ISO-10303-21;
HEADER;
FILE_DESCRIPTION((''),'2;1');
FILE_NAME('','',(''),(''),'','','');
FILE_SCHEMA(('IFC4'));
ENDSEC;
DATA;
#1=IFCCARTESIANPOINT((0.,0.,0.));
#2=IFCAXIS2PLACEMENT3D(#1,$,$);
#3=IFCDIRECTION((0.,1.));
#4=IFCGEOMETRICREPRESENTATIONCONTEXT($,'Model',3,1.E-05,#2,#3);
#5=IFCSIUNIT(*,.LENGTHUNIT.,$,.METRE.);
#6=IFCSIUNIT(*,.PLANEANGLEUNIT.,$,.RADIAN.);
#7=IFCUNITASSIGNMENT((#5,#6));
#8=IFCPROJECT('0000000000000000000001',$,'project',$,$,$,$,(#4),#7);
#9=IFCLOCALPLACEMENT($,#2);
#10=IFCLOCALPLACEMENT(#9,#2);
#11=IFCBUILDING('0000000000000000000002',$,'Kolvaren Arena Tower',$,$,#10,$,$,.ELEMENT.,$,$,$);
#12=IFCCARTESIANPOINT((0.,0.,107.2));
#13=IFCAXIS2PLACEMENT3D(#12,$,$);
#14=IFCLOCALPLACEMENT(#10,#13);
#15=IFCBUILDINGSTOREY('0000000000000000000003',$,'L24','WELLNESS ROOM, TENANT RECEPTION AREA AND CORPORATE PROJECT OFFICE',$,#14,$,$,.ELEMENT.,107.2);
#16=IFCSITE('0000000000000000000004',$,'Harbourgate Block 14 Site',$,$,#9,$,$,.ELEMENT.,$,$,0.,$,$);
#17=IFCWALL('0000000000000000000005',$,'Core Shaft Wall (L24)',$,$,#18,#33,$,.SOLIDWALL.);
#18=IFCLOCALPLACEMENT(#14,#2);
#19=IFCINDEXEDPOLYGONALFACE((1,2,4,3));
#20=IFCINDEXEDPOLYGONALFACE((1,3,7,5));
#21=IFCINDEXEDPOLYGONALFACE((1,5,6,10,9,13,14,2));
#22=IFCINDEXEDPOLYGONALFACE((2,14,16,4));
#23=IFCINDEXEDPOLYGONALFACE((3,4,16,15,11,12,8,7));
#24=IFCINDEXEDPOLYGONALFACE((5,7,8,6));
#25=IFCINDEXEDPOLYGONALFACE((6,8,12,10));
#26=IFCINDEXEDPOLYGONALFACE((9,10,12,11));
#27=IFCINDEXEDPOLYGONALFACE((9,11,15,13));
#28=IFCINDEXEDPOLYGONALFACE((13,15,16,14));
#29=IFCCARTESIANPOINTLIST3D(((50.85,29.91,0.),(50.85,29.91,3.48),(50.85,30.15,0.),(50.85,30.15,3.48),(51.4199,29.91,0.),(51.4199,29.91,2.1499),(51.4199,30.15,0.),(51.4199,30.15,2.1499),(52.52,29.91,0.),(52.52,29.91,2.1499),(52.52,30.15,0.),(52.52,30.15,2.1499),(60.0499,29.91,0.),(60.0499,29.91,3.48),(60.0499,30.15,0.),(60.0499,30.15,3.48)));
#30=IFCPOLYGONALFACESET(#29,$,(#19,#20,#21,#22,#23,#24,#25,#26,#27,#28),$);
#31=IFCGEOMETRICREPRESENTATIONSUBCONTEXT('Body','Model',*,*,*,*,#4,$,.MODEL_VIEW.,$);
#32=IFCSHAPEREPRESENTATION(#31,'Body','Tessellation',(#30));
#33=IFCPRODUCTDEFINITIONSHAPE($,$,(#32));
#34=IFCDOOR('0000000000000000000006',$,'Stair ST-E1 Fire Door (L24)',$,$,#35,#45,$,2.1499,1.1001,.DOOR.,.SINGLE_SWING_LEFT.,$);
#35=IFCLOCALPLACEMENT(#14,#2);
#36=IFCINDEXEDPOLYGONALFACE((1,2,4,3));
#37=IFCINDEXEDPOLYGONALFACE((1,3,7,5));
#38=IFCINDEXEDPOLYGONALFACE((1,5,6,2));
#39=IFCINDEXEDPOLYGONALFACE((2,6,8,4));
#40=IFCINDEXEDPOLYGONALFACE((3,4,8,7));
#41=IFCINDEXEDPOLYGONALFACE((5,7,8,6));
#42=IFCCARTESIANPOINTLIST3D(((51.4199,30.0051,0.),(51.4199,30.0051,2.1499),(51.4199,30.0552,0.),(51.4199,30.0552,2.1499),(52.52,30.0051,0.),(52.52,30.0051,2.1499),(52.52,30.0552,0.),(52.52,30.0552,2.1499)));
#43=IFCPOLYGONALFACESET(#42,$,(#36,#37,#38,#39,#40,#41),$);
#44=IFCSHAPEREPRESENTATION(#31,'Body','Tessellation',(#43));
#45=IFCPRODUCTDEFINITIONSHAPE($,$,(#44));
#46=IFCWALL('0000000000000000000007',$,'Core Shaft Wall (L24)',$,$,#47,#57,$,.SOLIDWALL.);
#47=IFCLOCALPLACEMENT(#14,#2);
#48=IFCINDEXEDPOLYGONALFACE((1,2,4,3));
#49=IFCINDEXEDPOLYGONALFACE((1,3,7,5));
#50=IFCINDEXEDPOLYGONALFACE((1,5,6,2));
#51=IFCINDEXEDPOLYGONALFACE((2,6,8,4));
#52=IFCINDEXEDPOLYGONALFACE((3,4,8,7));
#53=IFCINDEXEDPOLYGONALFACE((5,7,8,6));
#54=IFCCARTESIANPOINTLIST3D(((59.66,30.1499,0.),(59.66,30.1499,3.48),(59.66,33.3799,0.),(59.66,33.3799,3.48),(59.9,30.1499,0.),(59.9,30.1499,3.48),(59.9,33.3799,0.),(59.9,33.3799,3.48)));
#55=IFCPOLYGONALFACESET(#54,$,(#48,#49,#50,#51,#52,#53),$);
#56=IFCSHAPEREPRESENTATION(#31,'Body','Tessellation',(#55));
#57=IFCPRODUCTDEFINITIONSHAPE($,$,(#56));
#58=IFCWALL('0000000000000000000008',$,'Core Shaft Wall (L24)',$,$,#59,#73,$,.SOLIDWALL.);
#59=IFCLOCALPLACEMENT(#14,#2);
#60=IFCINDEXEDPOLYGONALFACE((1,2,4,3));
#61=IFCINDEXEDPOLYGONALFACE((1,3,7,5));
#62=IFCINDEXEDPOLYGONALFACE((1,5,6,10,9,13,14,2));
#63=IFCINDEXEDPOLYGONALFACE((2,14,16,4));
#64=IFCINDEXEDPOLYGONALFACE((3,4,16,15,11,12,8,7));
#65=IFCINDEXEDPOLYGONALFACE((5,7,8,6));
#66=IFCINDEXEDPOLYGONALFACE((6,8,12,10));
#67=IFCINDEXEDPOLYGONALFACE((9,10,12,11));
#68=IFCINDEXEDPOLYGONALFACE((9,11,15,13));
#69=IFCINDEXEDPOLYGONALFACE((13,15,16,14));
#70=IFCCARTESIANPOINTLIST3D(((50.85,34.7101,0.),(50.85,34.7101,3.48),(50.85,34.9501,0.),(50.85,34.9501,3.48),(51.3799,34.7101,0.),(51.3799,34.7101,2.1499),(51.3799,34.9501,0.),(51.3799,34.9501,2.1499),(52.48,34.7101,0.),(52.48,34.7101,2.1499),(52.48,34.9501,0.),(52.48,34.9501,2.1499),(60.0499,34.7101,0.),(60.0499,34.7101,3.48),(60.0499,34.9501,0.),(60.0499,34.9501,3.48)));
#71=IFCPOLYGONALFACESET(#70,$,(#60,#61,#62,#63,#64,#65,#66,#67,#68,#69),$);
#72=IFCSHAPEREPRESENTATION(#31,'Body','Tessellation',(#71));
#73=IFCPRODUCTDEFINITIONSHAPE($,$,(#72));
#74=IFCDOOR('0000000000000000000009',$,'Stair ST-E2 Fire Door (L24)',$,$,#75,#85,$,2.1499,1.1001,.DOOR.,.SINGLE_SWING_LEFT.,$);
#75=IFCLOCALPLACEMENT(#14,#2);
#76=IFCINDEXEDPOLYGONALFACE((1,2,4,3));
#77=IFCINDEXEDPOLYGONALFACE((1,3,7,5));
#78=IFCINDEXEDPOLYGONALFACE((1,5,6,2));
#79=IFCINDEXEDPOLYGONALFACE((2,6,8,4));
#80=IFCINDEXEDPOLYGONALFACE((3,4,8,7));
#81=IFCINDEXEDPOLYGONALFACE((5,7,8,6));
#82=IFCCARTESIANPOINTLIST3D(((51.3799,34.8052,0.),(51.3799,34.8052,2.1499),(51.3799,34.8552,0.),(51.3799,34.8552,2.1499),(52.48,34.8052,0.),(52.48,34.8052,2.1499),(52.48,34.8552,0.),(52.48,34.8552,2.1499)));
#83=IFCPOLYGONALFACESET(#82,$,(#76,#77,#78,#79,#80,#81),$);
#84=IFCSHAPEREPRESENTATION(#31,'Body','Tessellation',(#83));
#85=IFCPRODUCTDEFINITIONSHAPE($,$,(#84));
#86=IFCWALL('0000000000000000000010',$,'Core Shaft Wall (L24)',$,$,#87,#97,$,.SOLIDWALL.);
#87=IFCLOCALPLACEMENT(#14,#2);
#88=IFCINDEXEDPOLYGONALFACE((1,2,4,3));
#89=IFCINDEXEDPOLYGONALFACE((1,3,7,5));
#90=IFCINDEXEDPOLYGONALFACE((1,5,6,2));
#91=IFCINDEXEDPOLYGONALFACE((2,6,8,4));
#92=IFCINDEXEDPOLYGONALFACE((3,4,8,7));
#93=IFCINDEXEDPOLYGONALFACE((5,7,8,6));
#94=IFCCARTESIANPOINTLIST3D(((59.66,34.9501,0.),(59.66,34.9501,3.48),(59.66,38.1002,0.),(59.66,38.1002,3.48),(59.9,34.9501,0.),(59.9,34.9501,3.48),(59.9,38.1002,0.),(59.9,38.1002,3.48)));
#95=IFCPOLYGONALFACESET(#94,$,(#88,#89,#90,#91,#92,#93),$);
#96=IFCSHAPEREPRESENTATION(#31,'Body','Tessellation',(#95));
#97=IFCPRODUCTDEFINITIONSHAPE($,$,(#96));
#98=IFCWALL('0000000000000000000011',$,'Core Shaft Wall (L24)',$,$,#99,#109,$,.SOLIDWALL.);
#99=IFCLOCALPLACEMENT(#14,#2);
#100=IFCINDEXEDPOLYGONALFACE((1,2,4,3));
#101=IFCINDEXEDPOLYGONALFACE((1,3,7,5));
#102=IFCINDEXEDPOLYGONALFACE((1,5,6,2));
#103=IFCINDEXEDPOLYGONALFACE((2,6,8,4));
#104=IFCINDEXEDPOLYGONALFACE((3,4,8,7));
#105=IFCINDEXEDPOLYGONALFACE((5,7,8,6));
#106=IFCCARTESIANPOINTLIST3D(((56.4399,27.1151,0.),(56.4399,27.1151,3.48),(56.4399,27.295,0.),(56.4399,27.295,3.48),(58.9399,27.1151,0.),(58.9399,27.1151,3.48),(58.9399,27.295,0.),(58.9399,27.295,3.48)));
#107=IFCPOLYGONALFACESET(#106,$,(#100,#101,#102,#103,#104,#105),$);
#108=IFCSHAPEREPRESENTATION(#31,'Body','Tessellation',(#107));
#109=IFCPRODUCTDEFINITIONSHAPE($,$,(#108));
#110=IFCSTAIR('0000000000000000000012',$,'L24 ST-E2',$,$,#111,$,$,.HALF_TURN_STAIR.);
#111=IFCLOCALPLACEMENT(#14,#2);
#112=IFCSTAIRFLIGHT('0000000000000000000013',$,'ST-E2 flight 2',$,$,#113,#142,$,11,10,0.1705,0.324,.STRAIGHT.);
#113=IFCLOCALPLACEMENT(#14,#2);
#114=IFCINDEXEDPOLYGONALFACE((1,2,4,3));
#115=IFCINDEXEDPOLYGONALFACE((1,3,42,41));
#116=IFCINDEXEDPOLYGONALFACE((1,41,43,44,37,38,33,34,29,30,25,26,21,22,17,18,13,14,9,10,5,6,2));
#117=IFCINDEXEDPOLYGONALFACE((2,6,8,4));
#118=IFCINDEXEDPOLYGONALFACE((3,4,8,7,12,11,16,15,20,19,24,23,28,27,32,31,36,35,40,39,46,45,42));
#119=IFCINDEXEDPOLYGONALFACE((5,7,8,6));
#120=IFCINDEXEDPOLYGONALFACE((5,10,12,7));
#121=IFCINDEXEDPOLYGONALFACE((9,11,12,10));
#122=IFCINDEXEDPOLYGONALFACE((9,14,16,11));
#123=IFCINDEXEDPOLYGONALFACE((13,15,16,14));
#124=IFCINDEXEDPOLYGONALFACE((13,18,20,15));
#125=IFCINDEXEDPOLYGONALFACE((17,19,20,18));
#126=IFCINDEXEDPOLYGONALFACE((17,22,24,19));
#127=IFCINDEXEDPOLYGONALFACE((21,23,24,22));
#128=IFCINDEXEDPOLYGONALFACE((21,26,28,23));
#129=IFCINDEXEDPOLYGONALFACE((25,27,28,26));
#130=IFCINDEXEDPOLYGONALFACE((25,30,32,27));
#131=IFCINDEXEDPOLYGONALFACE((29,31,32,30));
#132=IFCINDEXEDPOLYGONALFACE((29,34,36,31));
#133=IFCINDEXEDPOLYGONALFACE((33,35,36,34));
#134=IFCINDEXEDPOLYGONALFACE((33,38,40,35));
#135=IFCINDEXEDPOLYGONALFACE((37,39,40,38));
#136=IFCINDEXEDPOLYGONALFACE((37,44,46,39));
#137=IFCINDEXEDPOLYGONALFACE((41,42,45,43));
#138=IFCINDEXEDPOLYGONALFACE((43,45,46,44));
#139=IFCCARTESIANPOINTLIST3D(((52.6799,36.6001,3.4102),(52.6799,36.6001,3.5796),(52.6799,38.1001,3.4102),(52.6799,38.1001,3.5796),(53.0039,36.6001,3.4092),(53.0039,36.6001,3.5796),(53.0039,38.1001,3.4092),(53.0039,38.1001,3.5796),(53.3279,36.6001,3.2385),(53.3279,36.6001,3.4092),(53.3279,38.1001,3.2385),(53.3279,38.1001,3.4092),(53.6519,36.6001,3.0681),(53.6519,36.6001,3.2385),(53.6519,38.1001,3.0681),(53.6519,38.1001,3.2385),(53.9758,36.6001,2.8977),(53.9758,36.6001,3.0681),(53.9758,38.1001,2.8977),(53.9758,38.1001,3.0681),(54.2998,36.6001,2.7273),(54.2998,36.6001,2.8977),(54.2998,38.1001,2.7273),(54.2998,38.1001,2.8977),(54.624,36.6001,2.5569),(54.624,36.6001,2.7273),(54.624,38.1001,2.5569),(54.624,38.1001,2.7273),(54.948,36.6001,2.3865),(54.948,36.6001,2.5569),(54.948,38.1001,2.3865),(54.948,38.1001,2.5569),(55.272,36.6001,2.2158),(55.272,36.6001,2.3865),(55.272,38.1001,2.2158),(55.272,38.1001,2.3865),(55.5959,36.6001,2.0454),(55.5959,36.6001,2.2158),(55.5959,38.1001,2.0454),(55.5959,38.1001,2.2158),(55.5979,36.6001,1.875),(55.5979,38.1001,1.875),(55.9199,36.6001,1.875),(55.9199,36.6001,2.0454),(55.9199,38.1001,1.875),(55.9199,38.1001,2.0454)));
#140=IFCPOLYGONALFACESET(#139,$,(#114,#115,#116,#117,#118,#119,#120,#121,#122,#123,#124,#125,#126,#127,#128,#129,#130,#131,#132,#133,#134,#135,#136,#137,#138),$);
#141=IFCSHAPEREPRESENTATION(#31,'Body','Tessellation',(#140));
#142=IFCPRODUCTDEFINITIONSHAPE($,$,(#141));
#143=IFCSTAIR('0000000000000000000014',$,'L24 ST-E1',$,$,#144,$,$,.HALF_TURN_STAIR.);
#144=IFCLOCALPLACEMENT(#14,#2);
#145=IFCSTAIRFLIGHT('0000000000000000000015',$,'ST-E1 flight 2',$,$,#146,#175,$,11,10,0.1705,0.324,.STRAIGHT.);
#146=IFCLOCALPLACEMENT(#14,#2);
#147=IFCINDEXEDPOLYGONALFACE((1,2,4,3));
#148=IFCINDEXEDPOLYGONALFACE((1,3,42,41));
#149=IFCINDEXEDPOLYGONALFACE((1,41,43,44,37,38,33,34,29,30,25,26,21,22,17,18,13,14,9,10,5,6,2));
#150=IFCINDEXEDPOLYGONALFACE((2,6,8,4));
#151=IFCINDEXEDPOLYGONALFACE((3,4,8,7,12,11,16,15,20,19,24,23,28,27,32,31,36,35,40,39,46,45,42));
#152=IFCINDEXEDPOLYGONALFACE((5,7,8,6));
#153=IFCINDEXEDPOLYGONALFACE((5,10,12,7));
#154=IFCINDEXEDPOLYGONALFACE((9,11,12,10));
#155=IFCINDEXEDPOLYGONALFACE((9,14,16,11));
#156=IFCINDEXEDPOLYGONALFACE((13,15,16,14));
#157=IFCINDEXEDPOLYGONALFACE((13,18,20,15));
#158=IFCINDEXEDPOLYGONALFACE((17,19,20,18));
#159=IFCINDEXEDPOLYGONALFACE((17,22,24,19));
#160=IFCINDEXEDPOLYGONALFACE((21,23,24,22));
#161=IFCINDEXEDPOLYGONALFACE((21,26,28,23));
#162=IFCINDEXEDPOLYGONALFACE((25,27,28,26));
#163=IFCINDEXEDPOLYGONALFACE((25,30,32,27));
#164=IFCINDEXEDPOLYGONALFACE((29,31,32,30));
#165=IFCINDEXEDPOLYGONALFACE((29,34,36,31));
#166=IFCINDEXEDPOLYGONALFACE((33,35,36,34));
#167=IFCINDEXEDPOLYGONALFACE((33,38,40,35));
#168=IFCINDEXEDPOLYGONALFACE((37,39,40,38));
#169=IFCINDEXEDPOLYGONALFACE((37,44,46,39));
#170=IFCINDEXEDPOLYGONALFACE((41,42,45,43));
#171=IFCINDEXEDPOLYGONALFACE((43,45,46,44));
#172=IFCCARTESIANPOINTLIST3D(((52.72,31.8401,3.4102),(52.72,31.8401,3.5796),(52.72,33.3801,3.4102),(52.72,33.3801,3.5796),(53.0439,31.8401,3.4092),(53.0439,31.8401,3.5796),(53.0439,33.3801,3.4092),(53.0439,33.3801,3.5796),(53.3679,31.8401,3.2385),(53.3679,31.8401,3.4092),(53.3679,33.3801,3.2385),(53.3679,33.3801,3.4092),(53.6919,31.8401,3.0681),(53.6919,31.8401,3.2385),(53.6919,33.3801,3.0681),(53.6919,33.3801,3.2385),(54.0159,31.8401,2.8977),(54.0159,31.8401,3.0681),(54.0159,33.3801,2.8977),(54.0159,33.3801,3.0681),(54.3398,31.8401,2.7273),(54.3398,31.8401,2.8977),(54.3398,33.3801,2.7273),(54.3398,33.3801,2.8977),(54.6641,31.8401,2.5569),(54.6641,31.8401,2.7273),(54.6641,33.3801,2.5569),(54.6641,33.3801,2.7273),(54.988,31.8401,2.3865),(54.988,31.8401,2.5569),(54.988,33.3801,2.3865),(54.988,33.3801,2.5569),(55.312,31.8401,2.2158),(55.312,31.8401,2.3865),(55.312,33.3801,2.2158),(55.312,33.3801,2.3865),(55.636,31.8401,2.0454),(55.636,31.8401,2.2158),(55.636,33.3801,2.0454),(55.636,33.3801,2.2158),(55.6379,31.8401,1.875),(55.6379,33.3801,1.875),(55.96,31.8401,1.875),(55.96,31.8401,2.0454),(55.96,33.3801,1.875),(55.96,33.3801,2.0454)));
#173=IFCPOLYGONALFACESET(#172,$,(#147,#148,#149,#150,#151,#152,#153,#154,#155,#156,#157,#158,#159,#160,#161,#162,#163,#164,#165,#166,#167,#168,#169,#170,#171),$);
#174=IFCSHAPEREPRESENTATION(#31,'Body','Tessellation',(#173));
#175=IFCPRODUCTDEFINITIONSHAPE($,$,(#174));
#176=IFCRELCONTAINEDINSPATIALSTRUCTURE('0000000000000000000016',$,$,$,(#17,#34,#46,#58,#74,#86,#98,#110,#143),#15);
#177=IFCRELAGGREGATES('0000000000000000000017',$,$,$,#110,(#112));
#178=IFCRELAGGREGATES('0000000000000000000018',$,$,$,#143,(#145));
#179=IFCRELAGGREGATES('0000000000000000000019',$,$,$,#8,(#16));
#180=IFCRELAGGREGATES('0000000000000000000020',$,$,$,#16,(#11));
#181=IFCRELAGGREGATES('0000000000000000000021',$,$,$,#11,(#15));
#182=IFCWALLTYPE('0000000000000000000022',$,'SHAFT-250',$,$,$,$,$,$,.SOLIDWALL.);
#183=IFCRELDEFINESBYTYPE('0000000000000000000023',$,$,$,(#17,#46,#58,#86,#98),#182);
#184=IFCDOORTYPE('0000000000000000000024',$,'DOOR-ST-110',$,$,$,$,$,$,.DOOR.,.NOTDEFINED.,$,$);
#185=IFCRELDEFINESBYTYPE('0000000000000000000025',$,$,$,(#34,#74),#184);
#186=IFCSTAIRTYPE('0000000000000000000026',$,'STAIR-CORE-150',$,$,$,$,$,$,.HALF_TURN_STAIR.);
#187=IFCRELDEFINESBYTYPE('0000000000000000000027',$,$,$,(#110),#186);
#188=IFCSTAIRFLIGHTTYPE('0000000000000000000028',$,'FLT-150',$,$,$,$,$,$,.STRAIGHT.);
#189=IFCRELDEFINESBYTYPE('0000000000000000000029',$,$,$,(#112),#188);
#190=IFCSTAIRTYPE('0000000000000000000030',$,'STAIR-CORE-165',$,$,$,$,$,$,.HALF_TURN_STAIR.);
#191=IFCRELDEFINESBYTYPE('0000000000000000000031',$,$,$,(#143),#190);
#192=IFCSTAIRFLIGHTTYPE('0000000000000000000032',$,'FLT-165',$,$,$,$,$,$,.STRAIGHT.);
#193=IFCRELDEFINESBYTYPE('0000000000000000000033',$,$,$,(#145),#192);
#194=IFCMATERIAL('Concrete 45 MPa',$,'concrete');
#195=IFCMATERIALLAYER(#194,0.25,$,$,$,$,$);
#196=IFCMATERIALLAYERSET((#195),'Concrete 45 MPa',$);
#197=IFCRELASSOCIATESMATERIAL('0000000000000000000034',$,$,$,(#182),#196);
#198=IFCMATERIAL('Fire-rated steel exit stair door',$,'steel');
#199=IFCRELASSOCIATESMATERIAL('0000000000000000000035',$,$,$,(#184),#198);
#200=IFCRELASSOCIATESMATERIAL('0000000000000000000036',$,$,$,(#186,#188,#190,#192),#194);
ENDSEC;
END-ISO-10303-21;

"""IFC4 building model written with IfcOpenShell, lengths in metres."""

from ifc_helpers import new_model, si_unit, direction, frame, frame_2d, origin, place, context, subcontext, project, spatial, polyline, rectangle, outline, extrude, material, layer, layer_set, type_object, element, fill, aggregate, save


model = new_model("IFC4")

# Units and contexts
model_context = context("Model", 3, precision=1e-05, world=origin(), true_north=direction((0.0, 1.0)))
body_context = subcontext(model_context, "Body", "Model", "MODEL_VIEW")
ifc_project = project(units=[si_unit("LENGTHUNIT", "METRE"), si_unit("PLANEANGLEUNIT", "RADIAN")], contexts=[model_context])

# Site, building, storey
site_placement = place(None, origin())
site = spatial("IfcSite", under=ifc_project, at=site_placement, Name="Harbourgate Block 14 Site", CompositionType="ELEMENT", RefElevation=0.0)
building_placement = place(site_placement, origin())
building = spatial("IfcBuilding", under=site, at=building_placement, Name="Kolvaren Arena Tower", CompositionType="ELEMENT")
storey_placement = place(building_placement, frame((0.0, 0.0, 107.2)))
storey = spatial("IfcBuildingStorey", under=building, at=storey_placement, Name="L24", Description="WELLNESS ROOM, TENANT RECEPTION AREA AND CORPORATE PROJECT OFFICE", CompositionType="ELEMENT", Elevation=107.2)

# Wall, opening, door
ifc_material_1 = material(Name="Concrete 45 MPa", Category="concrete")
ifc_layer = layer(ifc_material_1, 0.25)
ifc_layer_set = layer_set([ifc_layer], Name="Concrete 45 MPa")
wall_type = type_object("IfcWallType", Name="SHAFT-250", PredefinedType="SOLIDWALL", material=ifc_layer_set)
wall_1_placement = place(storey_placement, frame((60.05, 30.03, 0.0), z_axis=(0.0, 0.0, 1.0), x_axis=(-1.0, 0.0, 0.0)))
wall_1 = element("IfcWall", 1, at=wall_1_placement, inside=storey, type_object=wall_type, Name="Core Shaft Wall (L24)", PredefinedType="SOLIDWALL", context=body_context, shape_type="SweptSolid", body=[
    extrude(rectangle(XDim=9.2, YDim=0.24, at=frame_2d((4.6001, 0.0))), origin(), (0.0, 0.0, 1.0), 3.48),
])
opening_1_placement = place(wall_1_placement, frame((7.53, 0.0, 0.0)))
opening_1 = element("IfcOpeningElement", 2, at=opening_1_placement, cuts=wall_1, PredefinedType="OPENING", context=body_context, shape_type="SweptSolid", body=[
    extrude(rectangle(XDim=1.1001, YDim=2.1499, at=frame_2d((0.55, 1.075))), frame((0.0, 0.1299, 0.0), z_axis=(0.0, -1.0, 0.0), x_axis=(1.0, 0.0, 0.0)), (0.0, 0.0, 1.0), 0.26),
])
ifc_material_2 = material(Name="Fire-rated steel exit stair door", Category="steel")
door_type = type_object("IfcDoorType", Name="DOOR-ST-110", OperationType="NOTDEFINED", PredefinedType="DOOR", material=ifc_material_2)
door_1_placement = place(opening_1_placement, origin())
door_1 = element("IfcDoor", 3, at=door_1_placement, inside=storey, type_object=door_type, Name="Stair ST-E1 Fire Door (L24)", OperationType="SINGLE_SWING_LEFT", OverallHeight=2.1499, OverallWidth=1.1001, PredefinedType="DOOR", context=body_context, shape_type="SweptSolid", body=[
    extrude(rectangle(XDim=1.1001, YDim=2.1499, at=frame_2d((0.55, 1.075))), frame((0.0, 0.0249, 0.0), z_axis=(0.0, -1.0, 0.0), x_axis=(1.0, 0.0, 0.0)), (0.0, 0.0, 1.0), 0.05),
])
fill(opening_1, door_1)

# Wall
wall_2_placement = place(storey_placement, frame((59.78, 30.1499, 0.0), z_axis=(0.0, 0.0, 1.0), x_axis=(0.0, 1.0, 0.0)))
element("IfcWall", 4, at=wall_2_placement, inside=storey, type_object=wall_type, Name="Core Shaft Wall (L24)", PredefinedType="SOLIDWALL", context=body_context, shape_type="SweptSolid", body=[
    extrude(rectangle(XDim=3.23, YDim=0.24, at=frame_2d((1.615, 0.0))), origin(), (0.0, 0.0, 1.0), 3.48),
])

# Wall, opening, door
wall_3_placement = place(storey_placement, frame((60.05, 34.8301, 0.0), z_axis=(0.0, 0.0, 1.0), x_axis=(-1.0, 0.0, 0.0)))
wall_3 = element("IfcWall", 5, at=wall_3_placement, inside=storey, type_object=wall_type, Name="Core Shaft Wall (L24)", PredefinedType="SOLIDWALL", context=body_context, shape_type="SweptSolid", body=[
    extrude(rectangle(XDim=9.2, YDim=0.24, at=frame_2d((4.6001, 0.0))), origin(), (0.0, 0.0, 1.0), 3.48),
])
opening_2_placement = place(wall_3_placement, frame((7.5701, 0.0, 0.0)))
opening_2 = element("IfcOpeningElement", 6, at=opening_2_placement, cuts=wall_3, PredefinedType="OPENING", context=body_context, shape_type="SweptSolid", body=[
    extrude(rectangle(XDim=1.1001, YDim=2.1499, at=frame_2d((0.55, 1.075))), frame((0.0, 0.1299, 0.0), z_axis=(0.0, -1.0, 0.0), x_axis=(1.0, 0.0, 0.0)), (0.0, 0.0, 1.0), 0.26),
])
door_2_placement = place(opening_2_placement, origin())
door_2 = element("IfcDoor", 7, at=door_2_placement, inside=storey, type_object=door_type, Name="Stair ST-E2 Fire Door (L24)", OperationType="SINGLE_SWING_LEFT", OverallHeight=2.1499, OverallWidth=1.1001, PredefinedType="DOOR", context=body_context, shape_type="SweptSolid", body=[
    extrude(rectangle(XDim=1.1001, YDim=2.1499, at=frame_2d((0.55, 1.075))), frame((0.0, 0.0249, 0.0), z_axis=(0.0, -1.0, 0.0), x_axis=(1.0, 0.0, 0.0)), (0.0, 0.0, 1.0), 0.05),
])
fill(opening_2, door_2)

# Walls
wall_4_placement = place(storey_placement, frame((59.78, 34.95, 0.0), z_axis=(0.0, 0.0, 1.0), x_axis=(0.0, 1.0, 0.0)))
element("IfcWall", 8, at=wall_4_placement, inside=storey, type_object=wall_type, Name="Core Shaft Wall (L24)", PredefinedType="SOLIDWALL", context=body_context, shape_type="SweptSolid", body=[
    extrude(rectangle(XDim=3.1501, YDim=0.24, at=frame_2d((1.5752, 0.0))), origin(), (0.0, 0.0, 1.0), 3.48),
])
wall_5_placement = place(storey_placement, frame((56.4399, 27.2051, 0.0), z_axis=(0.0, 0.0, 1.0), x_axis=(1.0, 0.0, 0.0)))
element("IfcWall", 9, at=wall_5_placement, inside=storey, type_object=wall_type, Name="Core Shaft Wall (L24)", PredefinedType="SOLIDWALL", context=body_context, shape_type="SweptSolid", body=[
    extrude(rectangle(XDim=2.5, YDim=0.1799, at=frame_2d((1.25, 0.0))), origin(), (0.0, 0.0, 1.0), 3.48),
])

# Stairs, stair flights
stair_type_1 = type_object("IfcStairType", Name="STAIR-CORE-150", PredefinedType="HALF_TURN_STAIR", material=ifc_material_1)
stair_1_placement = place(storey_placement, origin())
stair_1 = element("IfcStair", 10, at=stair_1_placement, inside=storey, type_object=stair_type_1, Name="L24 ST-E2", PredefinedType="HALF_TURN_STAIR")
stair_flight_type_1 = type_object("IfcStairFlightType", Name="FLT-150", PredefinedType="STRAIGHT", material=ifc_material_1)
stair_flight_1_placement = place(storey_placement, frame((55.9199, 37.3501, 1.875), z_axis=(0.0, 0.0, 1.0), x_axis=(-1.0, 0.0, 0.0)))
stair_flight_1 = element("IfcStairFlight", 11, at=stair_flight_1_placement, type_object=stair_flight_type_1, Name="ST-E2 flight 2", NumberOfRisers=11, NumberOfTreads=10, PredefinedType="STRAIGHT", RiserHeight=0.1705, TreadLength=0.324, context=body_context, shape_type="SweptSolid", body=[
    extrude(outline(polyline([(0.0, 0.0), (0.0, 0.1704), (0.324, 0.1704), (0.324, 0.3408), (0.6479, 0.3408), (0.6479, 0.5115), (0.9719, 0.5115), (0.9719, 0.6819), (1.2959, 0.6819), (1.2959, 0.8523), (1.6201, 0.8523), (1.6201, 1.0227), (1.9441, 1.0227), (1.9441, 1.1931), (2.2681, 1.1931), (2.2681, 1.3635), (2.592, 1.3635), (2.592, 1.5342), (2.916, 1.5342), (2.916, 1.7046), (3.24, 1.7046), (3.24, 1.875), (3.24, 1.5352), (0.322, 0.0), (0.0, 0.0)])), frame((0.0, 0.75, 0.0), z_axis=(0.0, -1.0, 0.0), x_axis=(1.0, 0.0, 0.0)), (0.0, 0.0, 1.0), 1.5),
])
aggregate(stair_1, [stair_flight_1])
stair_type_2 = type_object("IfcStairType", Name="STAIR-CORE-165", PredefinedType="HALF_TURN_STAIR", material=ifc_material_1)
stair_2_placement = place(storey_placement, origin())
stair_2 = element("IfcStair", 12, at=stair_2_placement, inside=storey, type_object=stair_type_2, Name="L24 ST-E1", PredefinedType="HALF_TURN_STAIR")
stair_flight_type_2 = type_object("IfcStairFlightType", Name="FLT-165", PredefinedType="STRAIGHT", material=ifc_material_1)
stair_flight_2_placement = place(storey_placement, frame((55.96, 32.6101, 1.875), z_axis=(0.0, 0.0, 1.0), x_axis=(-1.0, 0.0, 0.0)))
stair_flight_2 = element("IfcStairFlight", 13, at=stair_flight_2_placement, type_object=stair_flight_type_2, Name="ST-E1 flight 2", NumberOfRisers=11, NumberOfTreads=10, PredefinedType="STRAIGHT", RiserHeight=0.1705, TreadLength=0.324, context=body_context, shape_type="SweptSolid", body=[
    extrude(outline(polyline([(0.0, 0.0), (0.0, 0.1704), (0.324, 0.1704), (0.324, 0.3408), (0.6479, 0.3408), (0.6479, 0.5115), (0.9719, 0.5115), (0.9719, 0.6819), (1.2959, 0.6819), (1.2959, 0.8523), (1.6201, 0.8523), (1.6201, 1.0227), (1.9441, 1.0227), (1.9441, 1.1931), (2.2681, 1.1931), (2.2681, 1.3635), (2.592, 1.3635), (2.592, 1.5342), (2.916, 1.5342), (2.916, 1.7046), (3.24, 1.7046), (3.24, 1.875), (3.24, 1.5352), (0.322, 0.0), (0.0, 0.0)])), frame((0.0, 0.77, 0.0), z_axis=(0.0, -1.0, 0.0), x_axis=(1.0, 0.0, 0.0)), (0.0, 0.0, 1.0), 1.54),
])
aggregate(stair_2, [stair_flight_2])

save(model, "model.ifc")
